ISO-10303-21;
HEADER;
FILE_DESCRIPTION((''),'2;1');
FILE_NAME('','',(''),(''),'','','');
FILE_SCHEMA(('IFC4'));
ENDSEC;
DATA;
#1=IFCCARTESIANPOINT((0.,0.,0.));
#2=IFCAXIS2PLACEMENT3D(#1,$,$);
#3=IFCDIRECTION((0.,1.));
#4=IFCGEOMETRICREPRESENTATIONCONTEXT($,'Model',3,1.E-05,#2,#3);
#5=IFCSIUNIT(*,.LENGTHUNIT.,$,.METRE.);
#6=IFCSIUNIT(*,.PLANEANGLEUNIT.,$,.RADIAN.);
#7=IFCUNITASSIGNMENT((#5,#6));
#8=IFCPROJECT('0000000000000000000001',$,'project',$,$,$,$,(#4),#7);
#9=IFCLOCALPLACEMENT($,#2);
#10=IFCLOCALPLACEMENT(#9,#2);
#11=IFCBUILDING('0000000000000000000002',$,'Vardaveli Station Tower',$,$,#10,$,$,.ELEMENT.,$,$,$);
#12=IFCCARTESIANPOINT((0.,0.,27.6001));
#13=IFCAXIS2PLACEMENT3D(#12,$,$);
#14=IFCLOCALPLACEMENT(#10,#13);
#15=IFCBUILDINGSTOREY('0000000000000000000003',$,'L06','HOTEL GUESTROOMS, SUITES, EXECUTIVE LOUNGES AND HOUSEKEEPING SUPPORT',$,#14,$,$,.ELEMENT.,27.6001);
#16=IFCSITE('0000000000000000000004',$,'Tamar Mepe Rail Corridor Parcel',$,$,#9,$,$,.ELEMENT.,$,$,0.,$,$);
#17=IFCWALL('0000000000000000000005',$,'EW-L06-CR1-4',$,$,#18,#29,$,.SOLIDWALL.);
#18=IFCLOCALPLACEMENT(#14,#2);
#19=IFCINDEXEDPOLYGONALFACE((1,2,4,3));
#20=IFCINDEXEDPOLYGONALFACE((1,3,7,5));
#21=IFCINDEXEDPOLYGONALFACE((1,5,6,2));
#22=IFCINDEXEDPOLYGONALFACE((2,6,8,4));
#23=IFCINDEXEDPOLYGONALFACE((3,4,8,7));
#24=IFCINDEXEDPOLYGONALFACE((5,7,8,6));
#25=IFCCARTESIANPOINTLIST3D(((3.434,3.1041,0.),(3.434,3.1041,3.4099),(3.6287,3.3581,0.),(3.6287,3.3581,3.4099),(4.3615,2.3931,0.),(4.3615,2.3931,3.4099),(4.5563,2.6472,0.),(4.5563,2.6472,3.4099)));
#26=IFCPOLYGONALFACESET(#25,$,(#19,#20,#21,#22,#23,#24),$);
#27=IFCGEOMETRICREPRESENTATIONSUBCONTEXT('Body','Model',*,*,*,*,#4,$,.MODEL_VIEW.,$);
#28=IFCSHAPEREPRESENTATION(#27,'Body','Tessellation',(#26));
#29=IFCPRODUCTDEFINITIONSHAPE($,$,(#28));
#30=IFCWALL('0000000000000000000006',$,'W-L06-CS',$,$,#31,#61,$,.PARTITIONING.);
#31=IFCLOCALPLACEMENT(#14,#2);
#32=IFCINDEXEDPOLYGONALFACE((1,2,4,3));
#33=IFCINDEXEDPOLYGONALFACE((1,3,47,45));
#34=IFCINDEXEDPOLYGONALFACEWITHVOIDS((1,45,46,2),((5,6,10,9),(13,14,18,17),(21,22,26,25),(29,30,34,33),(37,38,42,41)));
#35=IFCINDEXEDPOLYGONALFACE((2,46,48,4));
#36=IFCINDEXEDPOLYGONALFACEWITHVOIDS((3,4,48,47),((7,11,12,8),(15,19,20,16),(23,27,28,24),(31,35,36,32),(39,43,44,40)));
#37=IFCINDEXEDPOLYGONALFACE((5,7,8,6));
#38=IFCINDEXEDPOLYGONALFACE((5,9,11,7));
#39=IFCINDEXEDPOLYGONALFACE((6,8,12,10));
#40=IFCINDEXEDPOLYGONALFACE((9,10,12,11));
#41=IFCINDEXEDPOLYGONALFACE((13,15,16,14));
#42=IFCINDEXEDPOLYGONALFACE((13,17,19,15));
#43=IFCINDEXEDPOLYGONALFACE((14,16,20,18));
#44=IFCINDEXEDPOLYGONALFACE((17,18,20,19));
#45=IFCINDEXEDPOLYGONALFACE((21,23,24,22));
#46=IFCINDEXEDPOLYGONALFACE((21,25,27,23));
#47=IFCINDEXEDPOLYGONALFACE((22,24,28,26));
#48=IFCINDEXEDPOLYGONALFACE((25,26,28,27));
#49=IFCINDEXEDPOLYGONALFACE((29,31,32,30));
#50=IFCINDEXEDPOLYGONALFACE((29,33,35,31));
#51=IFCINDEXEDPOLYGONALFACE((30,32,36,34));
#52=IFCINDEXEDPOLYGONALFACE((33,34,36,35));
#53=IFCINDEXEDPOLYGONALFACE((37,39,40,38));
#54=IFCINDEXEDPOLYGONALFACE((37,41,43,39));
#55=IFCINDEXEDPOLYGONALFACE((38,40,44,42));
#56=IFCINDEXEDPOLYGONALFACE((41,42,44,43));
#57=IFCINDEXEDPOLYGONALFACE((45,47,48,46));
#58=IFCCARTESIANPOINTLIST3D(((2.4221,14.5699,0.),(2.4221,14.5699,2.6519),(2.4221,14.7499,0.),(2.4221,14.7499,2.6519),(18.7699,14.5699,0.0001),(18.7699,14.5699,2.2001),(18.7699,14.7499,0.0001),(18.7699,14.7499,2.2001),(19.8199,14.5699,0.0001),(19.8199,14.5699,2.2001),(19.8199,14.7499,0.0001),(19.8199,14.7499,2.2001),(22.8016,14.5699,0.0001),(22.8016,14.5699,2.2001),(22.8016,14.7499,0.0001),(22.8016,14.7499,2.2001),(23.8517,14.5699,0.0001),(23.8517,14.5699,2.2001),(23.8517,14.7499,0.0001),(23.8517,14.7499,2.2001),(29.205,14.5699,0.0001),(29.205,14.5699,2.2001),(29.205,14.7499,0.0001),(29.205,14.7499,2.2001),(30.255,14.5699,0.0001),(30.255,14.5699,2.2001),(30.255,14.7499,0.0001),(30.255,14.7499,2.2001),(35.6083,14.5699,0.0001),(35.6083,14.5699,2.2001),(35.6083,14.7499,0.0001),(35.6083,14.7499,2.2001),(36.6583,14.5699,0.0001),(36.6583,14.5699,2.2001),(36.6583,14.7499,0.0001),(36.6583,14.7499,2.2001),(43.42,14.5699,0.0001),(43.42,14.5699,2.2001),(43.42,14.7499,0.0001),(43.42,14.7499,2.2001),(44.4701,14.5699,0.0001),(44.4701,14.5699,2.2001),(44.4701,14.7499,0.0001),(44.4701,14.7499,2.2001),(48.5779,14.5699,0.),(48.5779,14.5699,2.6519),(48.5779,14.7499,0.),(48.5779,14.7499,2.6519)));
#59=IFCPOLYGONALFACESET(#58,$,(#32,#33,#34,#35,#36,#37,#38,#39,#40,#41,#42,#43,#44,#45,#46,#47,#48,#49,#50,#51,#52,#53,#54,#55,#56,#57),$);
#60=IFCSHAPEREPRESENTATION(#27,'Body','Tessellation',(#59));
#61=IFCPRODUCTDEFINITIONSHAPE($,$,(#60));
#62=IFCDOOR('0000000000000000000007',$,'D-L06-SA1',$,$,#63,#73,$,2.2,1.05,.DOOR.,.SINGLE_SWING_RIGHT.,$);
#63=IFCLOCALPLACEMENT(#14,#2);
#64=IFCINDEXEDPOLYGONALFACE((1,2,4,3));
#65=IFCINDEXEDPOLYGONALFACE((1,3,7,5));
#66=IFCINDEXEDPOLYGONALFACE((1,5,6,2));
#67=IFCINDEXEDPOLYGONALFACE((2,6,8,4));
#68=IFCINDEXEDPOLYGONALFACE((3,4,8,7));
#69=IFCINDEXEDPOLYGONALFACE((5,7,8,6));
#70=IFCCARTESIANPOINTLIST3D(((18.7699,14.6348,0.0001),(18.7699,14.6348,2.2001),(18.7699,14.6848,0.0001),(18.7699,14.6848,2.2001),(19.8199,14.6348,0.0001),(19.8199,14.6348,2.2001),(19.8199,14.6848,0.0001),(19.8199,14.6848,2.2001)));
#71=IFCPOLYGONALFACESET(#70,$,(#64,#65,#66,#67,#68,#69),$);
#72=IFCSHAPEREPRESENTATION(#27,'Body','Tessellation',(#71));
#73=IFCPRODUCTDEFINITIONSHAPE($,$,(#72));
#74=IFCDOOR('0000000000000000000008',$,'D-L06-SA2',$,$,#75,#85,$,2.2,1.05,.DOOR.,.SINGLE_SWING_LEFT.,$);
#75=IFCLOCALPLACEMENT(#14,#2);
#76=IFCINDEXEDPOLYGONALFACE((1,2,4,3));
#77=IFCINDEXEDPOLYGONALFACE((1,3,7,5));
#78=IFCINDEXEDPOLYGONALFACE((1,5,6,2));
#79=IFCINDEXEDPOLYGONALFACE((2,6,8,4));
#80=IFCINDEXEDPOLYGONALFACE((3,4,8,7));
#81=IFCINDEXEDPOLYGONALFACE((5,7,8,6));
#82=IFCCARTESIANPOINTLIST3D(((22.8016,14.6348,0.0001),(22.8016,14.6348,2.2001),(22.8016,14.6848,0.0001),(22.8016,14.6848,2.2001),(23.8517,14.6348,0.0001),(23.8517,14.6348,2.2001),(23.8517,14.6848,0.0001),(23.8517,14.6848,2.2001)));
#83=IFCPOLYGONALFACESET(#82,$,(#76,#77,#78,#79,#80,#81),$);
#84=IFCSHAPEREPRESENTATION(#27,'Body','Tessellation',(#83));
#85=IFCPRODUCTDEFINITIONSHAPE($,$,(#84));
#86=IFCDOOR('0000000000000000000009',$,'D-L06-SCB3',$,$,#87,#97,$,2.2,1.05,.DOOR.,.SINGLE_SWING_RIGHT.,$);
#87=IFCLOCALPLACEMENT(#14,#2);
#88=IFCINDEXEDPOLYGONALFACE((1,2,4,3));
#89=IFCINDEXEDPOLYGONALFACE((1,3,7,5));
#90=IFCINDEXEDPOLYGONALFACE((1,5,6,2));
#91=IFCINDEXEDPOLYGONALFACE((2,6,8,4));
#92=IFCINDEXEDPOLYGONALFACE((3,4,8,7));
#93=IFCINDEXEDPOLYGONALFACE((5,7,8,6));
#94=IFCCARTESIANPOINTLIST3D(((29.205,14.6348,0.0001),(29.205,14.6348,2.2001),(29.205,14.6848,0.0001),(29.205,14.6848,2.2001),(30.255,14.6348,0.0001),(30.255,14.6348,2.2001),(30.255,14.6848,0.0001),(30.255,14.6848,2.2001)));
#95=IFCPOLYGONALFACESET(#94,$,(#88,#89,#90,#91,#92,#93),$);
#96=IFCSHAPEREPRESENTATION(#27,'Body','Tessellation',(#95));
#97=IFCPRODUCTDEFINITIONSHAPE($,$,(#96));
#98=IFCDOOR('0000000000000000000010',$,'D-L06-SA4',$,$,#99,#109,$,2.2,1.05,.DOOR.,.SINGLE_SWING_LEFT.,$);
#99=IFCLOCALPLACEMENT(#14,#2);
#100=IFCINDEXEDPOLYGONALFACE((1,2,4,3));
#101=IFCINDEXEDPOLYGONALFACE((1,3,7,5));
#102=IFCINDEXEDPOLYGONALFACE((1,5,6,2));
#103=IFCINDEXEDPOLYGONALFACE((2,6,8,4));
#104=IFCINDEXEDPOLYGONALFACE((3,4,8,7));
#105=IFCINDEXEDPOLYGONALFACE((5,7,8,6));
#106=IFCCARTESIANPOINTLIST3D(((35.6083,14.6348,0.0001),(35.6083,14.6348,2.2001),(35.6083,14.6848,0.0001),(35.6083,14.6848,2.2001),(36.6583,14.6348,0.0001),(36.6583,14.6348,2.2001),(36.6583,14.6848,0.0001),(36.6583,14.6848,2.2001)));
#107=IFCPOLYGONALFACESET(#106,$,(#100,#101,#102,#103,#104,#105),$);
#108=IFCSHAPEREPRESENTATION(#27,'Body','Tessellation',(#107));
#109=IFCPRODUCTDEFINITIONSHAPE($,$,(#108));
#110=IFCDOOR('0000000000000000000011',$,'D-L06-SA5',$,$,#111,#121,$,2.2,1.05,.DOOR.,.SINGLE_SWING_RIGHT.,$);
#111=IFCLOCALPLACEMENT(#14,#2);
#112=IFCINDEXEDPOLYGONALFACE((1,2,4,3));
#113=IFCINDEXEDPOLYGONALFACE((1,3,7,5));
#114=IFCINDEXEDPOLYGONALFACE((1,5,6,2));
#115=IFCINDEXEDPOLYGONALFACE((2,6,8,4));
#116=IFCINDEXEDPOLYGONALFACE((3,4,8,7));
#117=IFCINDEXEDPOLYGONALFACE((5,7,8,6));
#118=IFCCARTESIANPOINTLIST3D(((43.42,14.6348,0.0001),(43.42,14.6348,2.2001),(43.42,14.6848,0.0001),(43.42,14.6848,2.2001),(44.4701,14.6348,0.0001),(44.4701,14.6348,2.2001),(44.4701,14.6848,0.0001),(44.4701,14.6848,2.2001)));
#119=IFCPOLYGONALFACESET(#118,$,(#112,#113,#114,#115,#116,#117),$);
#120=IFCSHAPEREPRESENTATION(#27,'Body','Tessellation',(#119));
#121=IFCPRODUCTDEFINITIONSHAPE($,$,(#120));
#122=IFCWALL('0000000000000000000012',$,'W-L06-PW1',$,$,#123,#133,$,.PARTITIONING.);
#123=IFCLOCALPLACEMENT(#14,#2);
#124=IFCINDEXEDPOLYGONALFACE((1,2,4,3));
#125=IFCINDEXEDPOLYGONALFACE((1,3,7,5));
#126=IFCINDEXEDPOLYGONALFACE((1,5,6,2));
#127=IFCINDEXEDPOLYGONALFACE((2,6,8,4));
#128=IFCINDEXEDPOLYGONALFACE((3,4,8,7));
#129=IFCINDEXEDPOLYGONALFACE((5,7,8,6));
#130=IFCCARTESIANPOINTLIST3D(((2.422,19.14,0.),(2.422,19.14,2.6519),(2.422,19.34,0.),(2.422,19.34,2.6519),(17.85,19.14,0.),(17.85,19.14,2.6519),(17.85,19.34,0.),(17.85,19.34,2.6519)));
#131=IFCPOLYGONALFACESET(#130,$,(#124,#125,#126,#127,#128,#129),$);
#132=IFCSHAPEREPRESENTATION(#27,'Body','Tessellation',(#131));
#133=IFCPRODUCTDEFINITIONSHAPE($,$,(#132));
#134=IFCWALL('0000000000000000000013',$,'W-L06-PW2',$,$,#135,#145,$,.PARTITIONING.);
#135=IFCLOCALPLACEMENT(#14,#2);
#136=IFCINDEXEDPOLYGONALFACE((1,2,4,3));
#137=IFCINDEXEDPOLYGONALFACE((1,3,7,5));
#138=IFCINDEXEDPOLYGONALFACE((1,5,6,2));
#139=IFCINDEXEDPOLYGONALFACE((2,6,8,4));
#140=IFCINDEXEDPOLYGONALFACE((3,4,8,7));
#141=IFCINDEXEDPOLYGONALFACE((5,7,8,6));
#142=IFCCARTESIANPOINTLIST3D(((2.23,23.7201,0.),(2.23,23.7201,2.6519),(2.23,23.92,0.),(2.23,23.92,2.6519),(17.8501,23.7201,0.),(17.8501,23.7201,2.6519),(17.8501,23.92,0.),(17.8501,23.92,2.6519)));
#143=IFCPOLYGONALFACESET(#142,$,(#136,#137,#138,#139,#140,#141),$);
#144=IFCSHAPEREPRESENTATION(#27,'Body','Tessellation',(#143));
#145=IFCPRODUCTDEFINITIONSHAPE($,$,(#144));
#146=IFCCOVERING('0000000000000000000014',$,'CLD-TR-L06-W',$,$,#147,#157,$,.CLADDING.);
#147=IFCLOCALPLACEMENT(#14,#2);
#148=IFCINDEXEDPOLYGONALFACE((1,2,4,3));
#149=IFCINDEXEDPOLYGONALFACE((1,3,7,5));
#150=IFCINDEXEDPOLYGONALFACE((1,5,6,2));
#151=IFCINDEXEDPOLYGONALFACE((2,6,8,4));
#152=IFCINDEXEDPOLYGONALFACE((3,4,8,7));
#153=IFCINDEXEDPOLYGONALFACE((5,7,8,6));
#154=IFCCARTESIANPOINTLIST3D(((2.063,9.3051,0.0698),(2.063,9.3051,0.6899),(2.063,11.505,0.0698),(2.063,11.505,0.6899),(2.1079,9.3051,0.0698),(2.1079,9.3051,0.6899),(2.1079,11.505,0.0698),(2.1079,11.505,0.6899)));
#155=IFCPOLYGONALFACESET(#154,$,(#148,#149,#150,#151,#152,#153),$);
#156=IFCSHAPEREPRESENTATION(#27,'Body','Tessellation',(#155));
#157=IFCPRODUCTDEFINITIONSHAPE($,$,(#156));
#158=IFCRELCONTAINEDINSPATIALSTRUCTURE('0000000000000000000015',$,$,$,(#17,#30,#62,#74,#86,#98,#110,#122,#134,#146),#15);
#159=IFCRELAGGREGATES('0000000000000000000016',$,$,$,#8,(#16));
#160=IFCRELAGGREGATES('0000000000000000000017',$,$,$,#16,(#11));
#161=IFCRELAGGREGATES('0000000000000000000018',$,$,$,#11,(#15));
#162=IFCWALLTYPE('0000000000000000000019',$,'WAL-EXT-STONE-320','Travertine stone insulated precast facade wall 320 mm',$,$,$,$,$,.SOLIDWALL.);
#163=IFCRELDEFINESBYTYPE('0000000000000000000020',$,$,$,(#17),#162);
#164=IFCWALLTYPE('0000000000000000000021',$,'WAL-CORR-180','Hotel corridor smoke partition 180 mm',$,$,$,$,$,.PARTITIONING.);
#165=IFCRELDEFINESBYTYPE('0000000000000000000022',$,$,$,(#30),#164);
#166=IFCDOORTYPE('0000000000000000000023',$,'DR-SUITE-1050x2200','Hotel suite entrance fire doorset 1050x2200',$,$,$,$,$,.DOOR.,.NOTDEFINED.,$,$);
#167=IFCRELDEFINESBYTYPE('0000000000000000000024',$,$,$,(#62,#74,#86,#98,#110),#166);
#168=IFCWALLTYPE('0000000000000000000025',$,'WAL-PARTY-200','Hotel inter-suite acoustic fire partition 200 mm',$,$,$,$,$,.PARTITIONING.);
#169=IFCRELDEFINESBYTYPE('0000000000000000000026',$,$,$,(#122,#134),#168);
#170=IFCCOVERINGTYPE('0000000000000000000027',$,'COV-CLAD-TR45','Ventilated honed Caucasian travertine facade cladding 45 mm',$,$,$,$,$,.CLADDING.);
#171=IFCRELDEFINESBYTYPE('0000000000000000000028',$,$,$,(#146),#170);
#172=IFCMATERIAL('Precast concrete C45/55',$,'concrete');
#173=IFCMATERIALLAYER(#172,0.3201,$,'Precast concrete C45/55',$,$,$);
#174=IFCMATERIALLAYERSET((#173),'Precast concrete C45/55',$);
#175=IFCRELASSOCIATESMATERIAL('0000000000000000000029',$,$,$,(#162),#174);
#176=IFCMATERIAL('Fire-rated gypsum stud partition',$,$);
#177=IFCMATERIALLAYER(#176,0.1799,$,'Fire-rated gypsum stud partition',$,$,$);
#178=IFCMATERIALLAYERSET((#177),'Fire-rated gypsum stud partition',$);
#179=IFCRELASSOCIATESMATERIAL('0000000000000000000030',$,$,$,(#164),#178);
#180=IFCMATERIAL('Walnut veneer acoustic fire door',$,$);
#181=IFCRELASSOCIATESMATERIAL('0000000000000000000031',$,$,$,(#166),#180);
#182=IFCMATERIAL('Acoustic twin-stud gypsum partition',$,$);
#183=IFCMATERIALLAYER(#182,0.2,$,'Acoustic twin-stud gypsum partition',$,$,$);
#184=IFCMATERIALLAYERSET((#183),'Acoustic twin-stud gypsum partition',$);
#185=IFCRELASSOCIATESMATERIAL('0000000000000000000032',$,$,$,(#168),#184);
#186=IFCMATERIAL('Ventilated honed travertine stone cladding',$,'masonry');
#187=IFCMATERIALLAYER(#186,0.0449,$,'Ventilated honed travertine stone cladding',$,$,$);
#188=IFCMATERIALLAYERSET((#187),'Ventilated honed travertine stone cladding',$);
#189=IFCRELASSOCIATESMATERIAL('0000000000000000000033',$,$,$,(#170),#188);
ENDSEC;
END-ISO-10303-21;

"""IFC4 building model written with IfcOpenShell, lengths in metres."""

from ifc_helpers import new_model, si_unit, direction, frame, frame_2d, origin, origin_2d, place, context, subcontext, project, spatial, rectangle, extrude, source, transform, mapped, material, layer, layer_set, type_object, element, fill, save


model = new_model("IFC4")

# Units and contexts
model_context = context("Model", 3, precision=1e-05, world=origin(), true_north=direction((0.0, 1.0)))
body_context = subcontext(model_context, "Body", "Model", "MODEL_VIEW")
ifc_project = project(units=[si_unit("LENGTHUNIT", "METRE"), si_unit("PLANEANGLEUNIT", "RADIAN")], contexts=[model_context])

# Site, building, storey
site_placement = place(None, origin())
site = spatial("IfcSite", under=ifc_project, at=site_placement, Name="Tamar Mepe Rail Corridor Parcel", CompositionType="ELEMENT", RefElevation=0.0)
building_placement = place(site_placement, origin())
building = spatial("IfcBuilding", under=site, at=building_placement, Name="Vardaveli Station Tower", CompositionType="ELEMENT")
storey_placement = place(building_placement, frame((0.0, 0.0, 27.6001)))
storey = spatial("IfcBuildingStorey", under=building, at=storey_placement, Name="L06", Description="HOTEL GUESTROOMS, SUITES, EXECUTIVE LOUNGES AND HOUSEKEEPING SUPPORT", CompositionType="ELEMENT", Elevation=27.6001)

# Shared definitions
ifc_material_1 = material(Name="Precast concrete C45/55", Category="concrete")

# Shared definitions
ifc_layer_1 = layer(ifc_material_1, 0.3201, Name="Precast concrete C45/55")
ifc_layer_set_1 = layer_set([ifc_layer_1], Name="Precast concrete C45/55")
wall_type_1 = type_object("IfcWallType", Name="WAL-EXT-STONE-320", Description="Travertine stone insulated precast facade wall 320 mm", PredefinedType="SOLIDWALL", material=ifc_layer_set_1)

# Wall
shared_shape_1 = source(origin(), body_context, "Body", "SweptSolid", [
    extrude(rectangle(XDim=1.1687, YDim=0.3201, at=frame_2d((0.5845, 0.0))), origin(), (0.0, 0.0, 1.0), 3.4099),
])
wall_1_placement = place(storey_placement, frame((3.5312, 3.2312, 0.0), z_axis=(0.0, 0.0, 1.0), x_axis=(0.793664, -0.608357, 0.0)))
element("IfcWall", 1, at=wall_1_placement, inside=storey, type_object=wall_type_1, Name="EW-L06-CR1-4", PredefinedType="SOLIDWALL", context=body_context, shape_type="MappedRepresentation", body=[
    mapped(shared_shape_1, transform((0.0, 0.0, 0.0), scale=1.0)),
])

# Wall, openings, doors
ifc_material_2 = material(Name="Fire-rated gypsum stud partition")
ifc_layer_2 = layer(ifc_material_2, 0.1799, Name="Fire-rated gypsum stud partition")
ifc_layer_set_2 = layer_set([ifc_layer_2], Name="Fire-rated gypsum stud partition")
wall_type_2 = type_object("IfcWallType", Name="WAL-CORR-180", Description="Hotel corridor smoke partition 180 mm", PredefinedType="PARTITIONING", material=ifc_layer_set_2)
shared_shape_2 = source(origin(), body_context, "Body", "SweptSolid", [
    extrude(rectangle(XDim=46.1558, YDim=0.1799, at=frame_2d((23.0779, 0.0))), origin(), (0.0, 0.0, 1.0), 2.6519),
])
wall_2_placement = place(storey_placement, frame((2.4221, 14.6599, 0.0), z_axis=(0.0, 0.0, 1.0), x_axis=(1.0, 0.0, 0.0)))
wall_2 = element("IfcWall", 2, at=wall_2_placement, inside=storey, type_object=wall_type_2, Name="W-L06-CS", PredefinedType="PARTITIONING", context=body_context, shape_type="MappedRepresentation", body=[
    mapped(shared_shape_2, transform((0.0, 0.0, 0.0), scale=1.0)),
])
shared_shape_3 = source(origin(), body_context, "Body", "SweptSolid", [
    extrude(rectangle(XDim=1.05, YDim=2.2, at=frame_2d((0.5249, 1.1001))), frame((0.0, 0.1001, 0.0), z_axis=(0.0, -1.0, 0.0), x_axis=(1.0, 0.0, 0.0)), (0.0, 0.0, 1.0), 0.2),
])
opening_1_placement = place(wall_2_placement, frame((16.3479, 0.0, 0.0)))
opening_1 = element("IfcOpeningElement", 3, at=opening_1_placement, cuts=wall_2, PredefinedType="OPENING", context=body_context, shape_type="MappedRepresentation", body=[
    mapped(shared_shape_3, transform((0.0, 0.0, 0.0), scale=1.0)),
])
opening_2_placement = place(wall_2_placement, frame((20.3796, 0.0, 0.0)))
opening_2 = element("IfcOpeningElement", 4, at=opening_2_placement, cuts=wall_2, PredefinedType="OPENING", context=body_context, shape_type="MappedRepresentation", body=[
    mapped(shared_shape_3, transform((0.0, 0.0, 0.0), scale=1.0)),
])
opening_3_placement = place(wall_2_placement, frame((26.783, 0.0, 0.0)))
opening_3 = element("IfcOpeningElement", 5, at=opening_3_placement, cuts=wall_2, PredefinedType="OPENING", context=body_context, shape_type="MappedRepresentation", body=[
    mapped(shared_shape_3, transform((0.0, 0.0, 0.0), scale=1.0)),
])
opening_4_placement = place(wall_2_placement, frame((33.1863, 0.0, 0.0)))
opening_4 = element("IfcOpeningElement", 6, at=opening_4_placement, cuts=wall_2, PredefinedType="OPENING", context=body_context, shape_type="MappedRepresentation", body=[
    mapped(shared_shape_3, transform((0.0, 0.0, 0.0), scale=1.0)),
])
opening_5_placement = place(wall_2_placement, frame((40.998, 0.0, 0.0)))
opening_5 = element("IfcOpeningElement", 7, at=opening_5_placement, cuts=wall_2, PredefinedType="OPENING", context=body_context, shape_type="MappedRepresentation", body=[
    mapped(shared_shape_3, transform((0.0, 0.0, 0.0), scale=1.0)),
])
ifc_material_3 = material(Name="Walnut veneer acoustic fire door")
door_type = type_object("IfcDoorType", Name="DR-SUITE-1050x2200", Description="Hotel suite entrance fire doorset 1050x2200", OperationType="NOTDEFINED", PredefinedType="DOOR", material=ifc_material_3)
shared_shape_4 = source(origin(), body_context, "Body", "SweptSolid", [
    extrude(rectangle(XDim=1.05, YDim=2.2, at=frame_2d((0.5249, 1.1001))), frame((0.0, 0.0249, 0.0), z_axis=(0.0, -1.0, 0.0), x_axis=(1.0, 0.0, 0.0)), (0.0, 0.0, 1.0), 0.05),
])
door_1_placement = place(opening_1_placement, origin())
door_1 = element("IfcDoor", 8, at=door_1_placement, inside=storey, type_object=door_type, Name="D-L06-SA1", OperationType="SINGLE_SWING_RIGHT", OverallHeight=2.2, OverallWidth=1.05, PredefinedType="DOOR", context=body_context, shape_type="MappedRepresentation", body=[
    mapped(shared_shape_4, transform((0.0, 0.0, 0.0), scale=1.0)),
])
fill(opening_1, door_1)
door_2_placement = place(opening_2_placement, origin())
door_2 = element("IfcDoor", 9, at=door_2_placement, inside=storey, type_object=door_type, Name="D-L06-SA2", OperationType="SINGLE_SWING_LEFT", OverallHeight=2.2, OverallWidth=1.05, PredefinedType="DOOR", context=body_context, shape_type="MappedRepresentation", body=[
    mapped(shared_shape_4, transform((0.0, 0.0, 0.0), scale=1.0)),
])
fill(opening_2, door_2)
door_3_placement = place(opening_3_placement, origin())
door_3 = element("IfcDoor", 10, at=door_3_placement, inside=storey, type_object=door_type, Name="D-L06-SCB3", OperationType="SINGLE_SWING_RIGHT", OverallHeight=2.2, OverallWidth=1.05, PredefinedType="DOOR", context=body_context, shape_type="MappedRepresentation", body=[
    mapped(shared_shape_4, transform((0.0, 0.0, 0.0), scale=1.0)),
])
fill(opening_3, door_3)
door_4_placement = place(opening_4_placement, origin())
door_4 = element("IfcDoor", 11, at=door_4_placement, inside=storey, type_object=door_type, Name="D-L06-SA4", OperationType="SINGLE_SWING_LEFT", OverallHeight=2.2, OverallWidth=1.05, PredefinedType="DOOR", context=body_context, shape_type="MappedRepresentation", body=[
    mapped(shared_shape_4, transform((0.0, 0.0, 0.0), scale=1.0)),
])
fill(opening_4, door_4)
door_5_placement = place(opening_5_placement, origin())
door_5 = element("IfcDoor", 12, at=door_5_placement, inside=storey, type_object=door_type, Name="D-L06-SA5", OperationType="SINGLE_SWING_RIGHT", OverallHeight=2.2, OverallWidth=1.05, PredefinedType="DOOR", context=body_context, shape_type="MappedRepresentation", body=[
    mapped(shared_shape_4, transform((0.0, 0.0, 0.0), scale=1.0)),
])
fill(opening_5, door_5)

# Walls
ifc_material_4 = material(Name="Acoustic twin-stud gypsum partition")
ifc_layer_3 = layer(ifc_material_4, 0.2, Name="Acoustic twin-stud gypsum partition")
ifc_layer_set_3 = layer_set([ifc_layer_3], Name="Acoustic twin-stud gypsum partition")
wall_type_3 = type_object("IfcWallType", Name="WAL-PARTY-200", Description="Hotel inter-suite acoustic fire partition 200 mm", PredefinedType="PARTITIONING", material=ifc_layer_set_3)
shared_shape_5 = source(origin(), body_context, "Body", "SweptSolid", [
    extrude(rectangle(XDim=15.428, YDim=0.2, at=frame_2d((7.7139, 0.0))), origin(), (0.0, 0.0, 1.0), 2.6519),
])
wall_3_placement = place(storey_placement, frame((2.4221, 19.24, 0.0), z_axis=(0.0, 0.0, 1.0), x_axis=(1.0, 0.0, 0.0)))
element("IfcWall", 13, at=wall_3_placement, inside=storey, type_object=wall_type_3, Name="W-L06-PW1", PredefinedType="PARTITIONING", context=body_context, shape_type="MappedRepresentation", body=[
    mapped(shared_shape_5, transform((0.0, 0.0, 0.0), scale=1.0)),
])
shared_shape_6 = source(origin(), body_context, "Body", "SweptSolid", [
    extrude(rectangle(XDim=15.6201, YDim=0.2, at=frame_2d((7.8101, 0.0))), origin(), (0.0, 0.0, 1.0), 2.6519),
])
wall_4_placement = place(storey_placement, frame((2.23, 23.8201, 0.0), z_axis=(0.0, 0.0, 1.0), x_axis=(1.0, 0.0, 0.0)))
element("IfcWall", 14, at=wall_4_placement, inside=storey, type_object=wall_type_3, Name="W-L06-PW2", PredefinedType="PARTITIONING", context=body_context, shape_type="MappedRepresentation", body=[
    mapped(shared_shape_6, transform((0.0, 0.0, 0.0), scale=1.0)),
])

# Covering
ifc_material_5 = material(Name="Ventilated honed travertine stone cladding", Category="masonry")
ifc_layer_4 = layer(ifc_material_5, 0.0449, Name="Ventilated honed travertine stone cladding")
ifc_layer_set_4 = layer_set([ifc_layer_4], Name="Ventilated honed travertine stone cladding")
covering_type = type_object("IfcCoveringType", Name="COV-CLAD-TR45", Description="Ventilated honed Caucasian travertine facade cladding 45 mm", PredefinedType="CLADDING", material=ifc_layer_set_4)
shared_shape_7 = source(origin(), body_context, "Body", "SweptSolid", [
    extrude(rectangle(XDim=2.2, YDim=0.0449, at=origin_2d()), origin(), (0.0, 0.0, 1.0), 0.6201),
])
covering_placement = place(storey_placement, frame((2.0854, 10.405, 0.0698), z_axis=(0.0, 0.0, 1.0), x_axis=(0.0, 1.0, 0.0)))
element("IfcCovering", 15, at=covering_placement, inside=storey, type_object=covering_type, Name="CLD-TR-L06-W", PredefinedType="CLADDING", context=body_context, shape_type="MappedRepresentation", body=[
    mapped(shared_shape_7, transform((0.0, 0.0, 0.0), scale=1.0)),
])

save(model, "model.ifc")
